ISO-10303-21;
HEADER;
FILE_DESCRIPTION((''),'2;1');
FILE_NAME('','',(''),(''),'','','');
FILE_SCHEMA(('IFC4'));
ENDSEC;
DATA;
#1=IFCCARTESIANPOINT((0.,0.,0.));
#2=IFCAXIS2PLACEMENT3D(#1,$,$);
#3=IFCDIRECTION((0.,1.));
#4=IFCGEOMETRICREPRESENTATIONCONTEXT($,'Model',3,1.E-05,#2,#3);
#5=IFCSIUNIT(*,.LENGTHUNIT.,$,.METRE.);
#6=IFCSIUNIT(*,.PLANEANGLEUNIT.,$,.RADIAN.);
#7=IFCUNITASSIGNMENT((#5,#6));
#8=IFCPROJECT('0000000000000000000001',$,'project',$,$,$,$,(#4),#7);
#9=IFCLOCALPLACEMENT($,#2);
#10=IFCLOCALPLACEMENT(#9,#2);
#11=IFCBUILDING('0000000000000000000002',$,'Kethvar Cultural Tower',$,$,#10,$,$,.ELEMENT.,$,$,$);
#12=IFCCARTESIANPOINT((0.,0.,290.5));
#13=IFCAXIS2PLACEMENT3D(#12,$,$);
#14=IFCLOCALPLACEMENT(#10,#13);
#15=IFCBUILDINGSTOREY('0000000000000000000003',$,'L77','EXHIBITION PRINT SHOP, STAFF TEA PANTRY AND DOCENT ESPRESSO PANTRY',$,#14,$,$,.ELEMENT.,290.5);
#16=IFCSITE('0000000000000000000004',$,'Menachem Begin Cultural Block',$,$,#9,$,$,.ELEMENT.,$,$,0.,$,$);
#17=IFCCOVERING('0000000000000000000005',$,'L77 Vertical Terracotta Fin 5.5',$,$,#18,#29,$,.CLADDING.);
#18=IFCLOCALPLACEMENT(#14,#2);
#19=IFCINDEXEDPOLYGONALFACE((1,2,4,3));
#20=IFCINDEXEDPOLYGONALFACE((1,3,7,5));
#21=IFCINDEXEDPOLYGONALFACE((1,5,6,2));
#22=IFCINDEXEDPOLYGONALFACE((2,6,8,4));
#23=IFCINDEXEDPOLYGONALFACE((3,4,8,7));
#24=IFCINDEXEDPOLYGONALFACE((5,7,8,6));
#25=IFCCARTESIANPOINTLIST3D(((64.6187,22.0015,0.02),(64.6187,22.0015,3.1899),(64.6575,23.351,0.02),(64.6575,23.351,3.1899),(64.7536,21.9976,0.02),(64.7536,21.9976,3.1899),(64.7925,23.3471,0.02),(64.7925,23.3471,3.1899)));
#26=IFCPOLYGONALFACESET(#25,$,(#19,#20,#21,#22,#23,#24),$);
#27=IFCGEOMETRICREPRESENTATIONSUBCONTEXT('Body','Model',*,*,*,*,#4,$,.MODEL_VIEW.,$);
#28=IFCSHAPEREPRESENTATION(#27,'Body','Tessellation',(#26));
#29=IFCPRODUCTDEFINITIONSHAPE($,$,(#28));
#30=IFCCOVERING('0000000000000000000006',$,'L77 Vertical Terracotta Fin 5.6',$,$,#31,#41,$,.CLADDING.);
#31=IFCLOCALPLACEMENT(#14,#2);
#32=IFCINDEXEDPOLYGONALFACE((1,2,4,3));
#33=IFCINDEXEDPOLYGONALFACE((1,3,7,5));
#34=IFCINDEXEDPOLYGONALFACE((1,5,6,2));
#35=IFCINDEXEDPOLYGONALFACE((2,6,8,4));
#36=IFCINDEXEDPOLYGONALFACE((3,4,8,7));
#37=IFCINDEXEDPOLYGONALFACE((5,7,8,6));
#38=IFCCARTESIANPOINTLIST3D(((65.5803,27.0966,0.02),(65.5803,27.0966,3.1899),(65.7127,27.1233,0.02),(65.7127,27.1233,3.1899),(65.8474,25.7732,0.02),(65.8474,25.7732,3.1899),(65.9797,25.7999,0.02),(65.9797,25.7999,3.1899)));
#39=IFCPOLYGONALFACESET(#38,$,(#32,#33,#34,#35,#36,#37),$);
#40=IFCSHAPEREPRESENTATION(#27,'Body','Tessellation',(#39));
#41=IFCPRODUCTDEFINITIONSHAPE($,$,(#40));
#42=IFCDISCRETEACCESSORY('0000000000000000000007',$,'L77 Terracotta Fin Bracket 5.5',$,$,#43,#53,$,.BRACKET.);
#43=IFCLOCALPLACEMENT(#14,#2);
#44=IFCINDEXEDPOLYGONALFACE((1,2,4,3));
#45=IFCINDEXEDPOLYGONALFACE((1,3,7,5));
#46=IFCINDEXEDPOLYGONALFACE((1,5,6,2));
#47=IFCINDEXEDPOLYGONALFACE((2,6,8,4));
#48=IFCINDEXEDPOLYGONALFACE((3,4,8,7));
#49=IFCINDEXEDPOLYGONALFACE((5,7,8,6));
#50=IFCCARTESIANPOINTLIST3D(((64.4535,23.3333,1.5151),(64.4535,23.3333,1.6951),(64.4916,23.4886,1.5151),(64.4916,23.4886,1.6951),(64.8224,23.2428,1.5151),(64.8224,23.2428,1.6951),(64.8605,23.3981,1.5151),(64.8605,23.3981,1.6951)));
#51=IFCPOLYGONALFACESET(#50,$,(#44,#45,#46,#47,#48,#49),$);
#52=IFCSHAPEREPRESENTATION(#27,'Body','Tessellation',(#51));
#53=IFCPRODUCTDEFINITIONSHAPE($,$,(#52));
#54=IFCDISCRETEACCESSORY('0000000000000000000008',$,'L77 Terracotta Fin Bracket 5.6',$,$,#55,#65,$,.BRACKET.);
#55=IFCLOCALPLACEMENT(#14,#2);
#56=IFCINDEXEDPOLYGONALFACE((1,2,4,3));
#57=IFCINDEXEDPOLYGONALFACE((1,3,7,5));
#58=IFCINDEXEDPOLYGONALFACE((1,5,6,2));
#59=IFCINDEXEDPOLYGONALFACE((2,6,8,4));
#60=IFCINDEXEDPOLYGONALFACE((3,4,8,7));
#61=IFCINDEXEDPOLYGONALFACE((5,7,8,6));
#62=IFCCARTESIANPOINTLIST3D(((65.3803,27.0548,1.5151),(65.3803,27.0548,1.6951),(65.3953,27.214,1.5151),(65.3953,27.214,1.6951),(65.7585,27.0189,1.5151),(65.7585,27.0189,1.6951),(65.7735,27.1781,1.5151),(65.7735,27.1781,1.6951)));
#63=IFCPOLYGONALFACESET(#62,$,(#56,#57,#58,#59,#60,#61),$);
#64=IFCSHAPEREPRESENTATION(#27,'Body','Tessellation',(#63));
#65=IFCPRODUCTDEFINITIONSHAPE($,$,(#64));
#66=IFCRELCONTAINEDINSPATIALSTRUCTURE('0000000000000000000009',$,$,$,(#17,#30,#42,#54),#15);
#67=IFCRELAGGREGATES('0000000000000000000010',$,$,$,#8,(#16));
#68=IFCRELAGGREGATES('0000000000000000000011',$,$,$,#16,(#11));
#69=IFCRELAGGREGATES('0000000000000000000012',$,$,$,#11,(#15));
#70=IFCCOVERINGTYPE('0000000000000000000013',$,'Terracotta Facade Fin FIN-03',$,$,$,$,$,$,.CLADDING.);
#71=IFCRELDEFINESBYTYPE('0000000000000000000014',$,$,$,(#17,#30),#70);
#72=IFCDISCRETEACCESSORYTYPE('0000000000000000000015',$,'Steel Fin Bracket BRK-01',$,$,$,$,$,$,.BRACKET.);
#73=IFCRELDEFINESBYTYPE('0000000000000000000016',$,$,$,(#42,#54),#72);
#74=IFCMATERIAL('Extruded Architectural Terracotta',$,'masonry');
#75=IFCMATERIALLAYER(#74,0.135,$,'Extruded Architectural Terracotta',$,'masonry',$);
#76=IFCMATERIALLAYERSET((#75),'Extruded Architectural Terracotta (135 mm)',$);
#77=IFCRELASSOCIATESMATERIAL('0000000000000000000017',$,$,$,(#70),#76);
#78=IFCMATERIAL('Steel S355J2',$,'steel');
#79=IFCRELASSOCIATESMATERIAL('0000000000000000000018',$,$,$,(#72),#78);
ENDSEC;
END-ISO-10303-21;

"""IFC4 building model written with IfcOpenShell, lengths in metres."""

from ifc_helpers import new_model, si_unit, direction, frame, origin, origin_2d, place, context, subcontext, project, spatial, rectangle, extrude, source, transform, mapped, material, layer, layer_set, type_object, element, save


model = new_model("IFC4")

# Units and contexts
model_context = context("Model", 3, precision=1e-05, world=origin(), true_north=direction((0.0, 1.0)))
body_context = subcontext(model_context, "Body", "Model", "MODEL_VIEW")
ifc_project = project(units=[si_unit("LENGTHUNIT", "METRE"), si_unit("PLANEANGLEUNIT", "RADIAN")], contexts=[model_context])

# Site, building, storey
site_placement = place(None, origin())
site = spatial("IfcSite", under=ifc_project, at=site_placement, Name="Menachem Begin Cultural Block", CompositionType="ELEMENT", RefElevation=0.0)
building_placement = place(site_placement, origin())
building = spatial("IfcBuilding", under=site, at=building_placement, Name="Kethvar Cultural Tower", CompositionType="ELEMENT")
storey_placement = place(building_placement, frame((0.0, 0.0, 290.5)))
storey = spatial("IfcBuildingStorey", under=building, at=storey_placement, Name="L77", Description="EXHIBITION PRINT SHOP, STAFF TEA PANTRY AND DOCENT ESPRESSO PANTRY", CompositionType="ELEMENT", Elevation=290.5)

# Shared definitions
ifc_material_1 = material(Name="Steel S355J2", Category="steel")

# Coverings
ifc_material_2 = material(Name="Extruded Architectural Terracotta", Category="masonry")
ifc_layer_1 = layer(ifc_material_2, 0.135, Name="Extruded Architectural Terracotta", Category="masonry")
ifc_layer_set_1 = layer_set([ifc_layer_1], Name="Extruded Architectural Terracotta (135 mm)")
covering_type = type_object("IfcCoveringType", Name="Terracotta Facade Fin FIN-03", PredefinedType="CLADDING", material=ifc_layer_set_1)
shared_shape_1 = source(origin(), body_context, "Body", "SweptSolid", [
    extrude(rectangle(XDim=1.3501, YDim=0.135, at=origin_2d()), origin(), (0.0, 0.0, 1.0), 3.1699),
])
for number, where, z_axis, x_axis, name in (
    (1, (64.7056, 22.6743, 0.02), (0.0, 0.0, 1.0), (-0.028794, -0.999585, 0.0), "L77 Vertical Terracotta Fin 5.5"),
    (2, (65.78, 26.4482, 0.02), (0.0, 0.0, 1.0), (0.197828, -0.980237, 0.0), "L77 Vertical Terracotta Fin 5.6"),
):
    element("IfcCovering", number, at=place(storey_placement, frame(where, z_axis=z_axis, x_axis=x_axis)), inside=storey, type_object=covering_type, Name=name, PredefinedType="CLADDING", context=body_context, shape_type="MappedRepresentation", body=[
        mapped(shared_shape_1, transform((0.0, 0.0, 0.0), scale=1.0)),
    ])

# Discrete accessories
discrete_accessory_type = type_object("IfcDiscreteAccessoryType", Name="Steel Fin Bracket BRK-01", PredefinedType="BRACKET", material=ifc_material_1)
shared_shape_2 = source(origin(), body_context, "Body", "SweptSolid", [
    extrude(rectangle(XDim=0.3799, YDim=0.1599, at=origin_2d()), origin(), (0.0, 0.0, 1.0), 0.1799),
])
for number, where, z_axis, x_axis, name in (
    (3, (64.657, 23.3657, 1.5151), (0.0, 0.0, 1.0), (0.971217, -0.238194, 0.0), "L77 Terracotta Fin Bracket 5.5"),
    (4, (65.5769, 27.1165, 1.5151), (0.0, 0.0, 1.0), (0.995546, -0.094282, 0.0), "L77 Terracotta Fin Bracket 5.6"),
):
    element("IfcDiscreteAccessory", number, at=place(storey_placement, frame(where, z_axis=z_axis, x_axis=x_axis)), inside=storey, type_object=discrete_accessory_type, Name=name, PredefinedType="BRACKET", context=body_context, shape_type="MappedRepresentation", body=[
        mapped(shared_shape_2, transform((0.0, 0.0, 0.0), scale=1.0)),
    ])

save(model, "model.ifc")
